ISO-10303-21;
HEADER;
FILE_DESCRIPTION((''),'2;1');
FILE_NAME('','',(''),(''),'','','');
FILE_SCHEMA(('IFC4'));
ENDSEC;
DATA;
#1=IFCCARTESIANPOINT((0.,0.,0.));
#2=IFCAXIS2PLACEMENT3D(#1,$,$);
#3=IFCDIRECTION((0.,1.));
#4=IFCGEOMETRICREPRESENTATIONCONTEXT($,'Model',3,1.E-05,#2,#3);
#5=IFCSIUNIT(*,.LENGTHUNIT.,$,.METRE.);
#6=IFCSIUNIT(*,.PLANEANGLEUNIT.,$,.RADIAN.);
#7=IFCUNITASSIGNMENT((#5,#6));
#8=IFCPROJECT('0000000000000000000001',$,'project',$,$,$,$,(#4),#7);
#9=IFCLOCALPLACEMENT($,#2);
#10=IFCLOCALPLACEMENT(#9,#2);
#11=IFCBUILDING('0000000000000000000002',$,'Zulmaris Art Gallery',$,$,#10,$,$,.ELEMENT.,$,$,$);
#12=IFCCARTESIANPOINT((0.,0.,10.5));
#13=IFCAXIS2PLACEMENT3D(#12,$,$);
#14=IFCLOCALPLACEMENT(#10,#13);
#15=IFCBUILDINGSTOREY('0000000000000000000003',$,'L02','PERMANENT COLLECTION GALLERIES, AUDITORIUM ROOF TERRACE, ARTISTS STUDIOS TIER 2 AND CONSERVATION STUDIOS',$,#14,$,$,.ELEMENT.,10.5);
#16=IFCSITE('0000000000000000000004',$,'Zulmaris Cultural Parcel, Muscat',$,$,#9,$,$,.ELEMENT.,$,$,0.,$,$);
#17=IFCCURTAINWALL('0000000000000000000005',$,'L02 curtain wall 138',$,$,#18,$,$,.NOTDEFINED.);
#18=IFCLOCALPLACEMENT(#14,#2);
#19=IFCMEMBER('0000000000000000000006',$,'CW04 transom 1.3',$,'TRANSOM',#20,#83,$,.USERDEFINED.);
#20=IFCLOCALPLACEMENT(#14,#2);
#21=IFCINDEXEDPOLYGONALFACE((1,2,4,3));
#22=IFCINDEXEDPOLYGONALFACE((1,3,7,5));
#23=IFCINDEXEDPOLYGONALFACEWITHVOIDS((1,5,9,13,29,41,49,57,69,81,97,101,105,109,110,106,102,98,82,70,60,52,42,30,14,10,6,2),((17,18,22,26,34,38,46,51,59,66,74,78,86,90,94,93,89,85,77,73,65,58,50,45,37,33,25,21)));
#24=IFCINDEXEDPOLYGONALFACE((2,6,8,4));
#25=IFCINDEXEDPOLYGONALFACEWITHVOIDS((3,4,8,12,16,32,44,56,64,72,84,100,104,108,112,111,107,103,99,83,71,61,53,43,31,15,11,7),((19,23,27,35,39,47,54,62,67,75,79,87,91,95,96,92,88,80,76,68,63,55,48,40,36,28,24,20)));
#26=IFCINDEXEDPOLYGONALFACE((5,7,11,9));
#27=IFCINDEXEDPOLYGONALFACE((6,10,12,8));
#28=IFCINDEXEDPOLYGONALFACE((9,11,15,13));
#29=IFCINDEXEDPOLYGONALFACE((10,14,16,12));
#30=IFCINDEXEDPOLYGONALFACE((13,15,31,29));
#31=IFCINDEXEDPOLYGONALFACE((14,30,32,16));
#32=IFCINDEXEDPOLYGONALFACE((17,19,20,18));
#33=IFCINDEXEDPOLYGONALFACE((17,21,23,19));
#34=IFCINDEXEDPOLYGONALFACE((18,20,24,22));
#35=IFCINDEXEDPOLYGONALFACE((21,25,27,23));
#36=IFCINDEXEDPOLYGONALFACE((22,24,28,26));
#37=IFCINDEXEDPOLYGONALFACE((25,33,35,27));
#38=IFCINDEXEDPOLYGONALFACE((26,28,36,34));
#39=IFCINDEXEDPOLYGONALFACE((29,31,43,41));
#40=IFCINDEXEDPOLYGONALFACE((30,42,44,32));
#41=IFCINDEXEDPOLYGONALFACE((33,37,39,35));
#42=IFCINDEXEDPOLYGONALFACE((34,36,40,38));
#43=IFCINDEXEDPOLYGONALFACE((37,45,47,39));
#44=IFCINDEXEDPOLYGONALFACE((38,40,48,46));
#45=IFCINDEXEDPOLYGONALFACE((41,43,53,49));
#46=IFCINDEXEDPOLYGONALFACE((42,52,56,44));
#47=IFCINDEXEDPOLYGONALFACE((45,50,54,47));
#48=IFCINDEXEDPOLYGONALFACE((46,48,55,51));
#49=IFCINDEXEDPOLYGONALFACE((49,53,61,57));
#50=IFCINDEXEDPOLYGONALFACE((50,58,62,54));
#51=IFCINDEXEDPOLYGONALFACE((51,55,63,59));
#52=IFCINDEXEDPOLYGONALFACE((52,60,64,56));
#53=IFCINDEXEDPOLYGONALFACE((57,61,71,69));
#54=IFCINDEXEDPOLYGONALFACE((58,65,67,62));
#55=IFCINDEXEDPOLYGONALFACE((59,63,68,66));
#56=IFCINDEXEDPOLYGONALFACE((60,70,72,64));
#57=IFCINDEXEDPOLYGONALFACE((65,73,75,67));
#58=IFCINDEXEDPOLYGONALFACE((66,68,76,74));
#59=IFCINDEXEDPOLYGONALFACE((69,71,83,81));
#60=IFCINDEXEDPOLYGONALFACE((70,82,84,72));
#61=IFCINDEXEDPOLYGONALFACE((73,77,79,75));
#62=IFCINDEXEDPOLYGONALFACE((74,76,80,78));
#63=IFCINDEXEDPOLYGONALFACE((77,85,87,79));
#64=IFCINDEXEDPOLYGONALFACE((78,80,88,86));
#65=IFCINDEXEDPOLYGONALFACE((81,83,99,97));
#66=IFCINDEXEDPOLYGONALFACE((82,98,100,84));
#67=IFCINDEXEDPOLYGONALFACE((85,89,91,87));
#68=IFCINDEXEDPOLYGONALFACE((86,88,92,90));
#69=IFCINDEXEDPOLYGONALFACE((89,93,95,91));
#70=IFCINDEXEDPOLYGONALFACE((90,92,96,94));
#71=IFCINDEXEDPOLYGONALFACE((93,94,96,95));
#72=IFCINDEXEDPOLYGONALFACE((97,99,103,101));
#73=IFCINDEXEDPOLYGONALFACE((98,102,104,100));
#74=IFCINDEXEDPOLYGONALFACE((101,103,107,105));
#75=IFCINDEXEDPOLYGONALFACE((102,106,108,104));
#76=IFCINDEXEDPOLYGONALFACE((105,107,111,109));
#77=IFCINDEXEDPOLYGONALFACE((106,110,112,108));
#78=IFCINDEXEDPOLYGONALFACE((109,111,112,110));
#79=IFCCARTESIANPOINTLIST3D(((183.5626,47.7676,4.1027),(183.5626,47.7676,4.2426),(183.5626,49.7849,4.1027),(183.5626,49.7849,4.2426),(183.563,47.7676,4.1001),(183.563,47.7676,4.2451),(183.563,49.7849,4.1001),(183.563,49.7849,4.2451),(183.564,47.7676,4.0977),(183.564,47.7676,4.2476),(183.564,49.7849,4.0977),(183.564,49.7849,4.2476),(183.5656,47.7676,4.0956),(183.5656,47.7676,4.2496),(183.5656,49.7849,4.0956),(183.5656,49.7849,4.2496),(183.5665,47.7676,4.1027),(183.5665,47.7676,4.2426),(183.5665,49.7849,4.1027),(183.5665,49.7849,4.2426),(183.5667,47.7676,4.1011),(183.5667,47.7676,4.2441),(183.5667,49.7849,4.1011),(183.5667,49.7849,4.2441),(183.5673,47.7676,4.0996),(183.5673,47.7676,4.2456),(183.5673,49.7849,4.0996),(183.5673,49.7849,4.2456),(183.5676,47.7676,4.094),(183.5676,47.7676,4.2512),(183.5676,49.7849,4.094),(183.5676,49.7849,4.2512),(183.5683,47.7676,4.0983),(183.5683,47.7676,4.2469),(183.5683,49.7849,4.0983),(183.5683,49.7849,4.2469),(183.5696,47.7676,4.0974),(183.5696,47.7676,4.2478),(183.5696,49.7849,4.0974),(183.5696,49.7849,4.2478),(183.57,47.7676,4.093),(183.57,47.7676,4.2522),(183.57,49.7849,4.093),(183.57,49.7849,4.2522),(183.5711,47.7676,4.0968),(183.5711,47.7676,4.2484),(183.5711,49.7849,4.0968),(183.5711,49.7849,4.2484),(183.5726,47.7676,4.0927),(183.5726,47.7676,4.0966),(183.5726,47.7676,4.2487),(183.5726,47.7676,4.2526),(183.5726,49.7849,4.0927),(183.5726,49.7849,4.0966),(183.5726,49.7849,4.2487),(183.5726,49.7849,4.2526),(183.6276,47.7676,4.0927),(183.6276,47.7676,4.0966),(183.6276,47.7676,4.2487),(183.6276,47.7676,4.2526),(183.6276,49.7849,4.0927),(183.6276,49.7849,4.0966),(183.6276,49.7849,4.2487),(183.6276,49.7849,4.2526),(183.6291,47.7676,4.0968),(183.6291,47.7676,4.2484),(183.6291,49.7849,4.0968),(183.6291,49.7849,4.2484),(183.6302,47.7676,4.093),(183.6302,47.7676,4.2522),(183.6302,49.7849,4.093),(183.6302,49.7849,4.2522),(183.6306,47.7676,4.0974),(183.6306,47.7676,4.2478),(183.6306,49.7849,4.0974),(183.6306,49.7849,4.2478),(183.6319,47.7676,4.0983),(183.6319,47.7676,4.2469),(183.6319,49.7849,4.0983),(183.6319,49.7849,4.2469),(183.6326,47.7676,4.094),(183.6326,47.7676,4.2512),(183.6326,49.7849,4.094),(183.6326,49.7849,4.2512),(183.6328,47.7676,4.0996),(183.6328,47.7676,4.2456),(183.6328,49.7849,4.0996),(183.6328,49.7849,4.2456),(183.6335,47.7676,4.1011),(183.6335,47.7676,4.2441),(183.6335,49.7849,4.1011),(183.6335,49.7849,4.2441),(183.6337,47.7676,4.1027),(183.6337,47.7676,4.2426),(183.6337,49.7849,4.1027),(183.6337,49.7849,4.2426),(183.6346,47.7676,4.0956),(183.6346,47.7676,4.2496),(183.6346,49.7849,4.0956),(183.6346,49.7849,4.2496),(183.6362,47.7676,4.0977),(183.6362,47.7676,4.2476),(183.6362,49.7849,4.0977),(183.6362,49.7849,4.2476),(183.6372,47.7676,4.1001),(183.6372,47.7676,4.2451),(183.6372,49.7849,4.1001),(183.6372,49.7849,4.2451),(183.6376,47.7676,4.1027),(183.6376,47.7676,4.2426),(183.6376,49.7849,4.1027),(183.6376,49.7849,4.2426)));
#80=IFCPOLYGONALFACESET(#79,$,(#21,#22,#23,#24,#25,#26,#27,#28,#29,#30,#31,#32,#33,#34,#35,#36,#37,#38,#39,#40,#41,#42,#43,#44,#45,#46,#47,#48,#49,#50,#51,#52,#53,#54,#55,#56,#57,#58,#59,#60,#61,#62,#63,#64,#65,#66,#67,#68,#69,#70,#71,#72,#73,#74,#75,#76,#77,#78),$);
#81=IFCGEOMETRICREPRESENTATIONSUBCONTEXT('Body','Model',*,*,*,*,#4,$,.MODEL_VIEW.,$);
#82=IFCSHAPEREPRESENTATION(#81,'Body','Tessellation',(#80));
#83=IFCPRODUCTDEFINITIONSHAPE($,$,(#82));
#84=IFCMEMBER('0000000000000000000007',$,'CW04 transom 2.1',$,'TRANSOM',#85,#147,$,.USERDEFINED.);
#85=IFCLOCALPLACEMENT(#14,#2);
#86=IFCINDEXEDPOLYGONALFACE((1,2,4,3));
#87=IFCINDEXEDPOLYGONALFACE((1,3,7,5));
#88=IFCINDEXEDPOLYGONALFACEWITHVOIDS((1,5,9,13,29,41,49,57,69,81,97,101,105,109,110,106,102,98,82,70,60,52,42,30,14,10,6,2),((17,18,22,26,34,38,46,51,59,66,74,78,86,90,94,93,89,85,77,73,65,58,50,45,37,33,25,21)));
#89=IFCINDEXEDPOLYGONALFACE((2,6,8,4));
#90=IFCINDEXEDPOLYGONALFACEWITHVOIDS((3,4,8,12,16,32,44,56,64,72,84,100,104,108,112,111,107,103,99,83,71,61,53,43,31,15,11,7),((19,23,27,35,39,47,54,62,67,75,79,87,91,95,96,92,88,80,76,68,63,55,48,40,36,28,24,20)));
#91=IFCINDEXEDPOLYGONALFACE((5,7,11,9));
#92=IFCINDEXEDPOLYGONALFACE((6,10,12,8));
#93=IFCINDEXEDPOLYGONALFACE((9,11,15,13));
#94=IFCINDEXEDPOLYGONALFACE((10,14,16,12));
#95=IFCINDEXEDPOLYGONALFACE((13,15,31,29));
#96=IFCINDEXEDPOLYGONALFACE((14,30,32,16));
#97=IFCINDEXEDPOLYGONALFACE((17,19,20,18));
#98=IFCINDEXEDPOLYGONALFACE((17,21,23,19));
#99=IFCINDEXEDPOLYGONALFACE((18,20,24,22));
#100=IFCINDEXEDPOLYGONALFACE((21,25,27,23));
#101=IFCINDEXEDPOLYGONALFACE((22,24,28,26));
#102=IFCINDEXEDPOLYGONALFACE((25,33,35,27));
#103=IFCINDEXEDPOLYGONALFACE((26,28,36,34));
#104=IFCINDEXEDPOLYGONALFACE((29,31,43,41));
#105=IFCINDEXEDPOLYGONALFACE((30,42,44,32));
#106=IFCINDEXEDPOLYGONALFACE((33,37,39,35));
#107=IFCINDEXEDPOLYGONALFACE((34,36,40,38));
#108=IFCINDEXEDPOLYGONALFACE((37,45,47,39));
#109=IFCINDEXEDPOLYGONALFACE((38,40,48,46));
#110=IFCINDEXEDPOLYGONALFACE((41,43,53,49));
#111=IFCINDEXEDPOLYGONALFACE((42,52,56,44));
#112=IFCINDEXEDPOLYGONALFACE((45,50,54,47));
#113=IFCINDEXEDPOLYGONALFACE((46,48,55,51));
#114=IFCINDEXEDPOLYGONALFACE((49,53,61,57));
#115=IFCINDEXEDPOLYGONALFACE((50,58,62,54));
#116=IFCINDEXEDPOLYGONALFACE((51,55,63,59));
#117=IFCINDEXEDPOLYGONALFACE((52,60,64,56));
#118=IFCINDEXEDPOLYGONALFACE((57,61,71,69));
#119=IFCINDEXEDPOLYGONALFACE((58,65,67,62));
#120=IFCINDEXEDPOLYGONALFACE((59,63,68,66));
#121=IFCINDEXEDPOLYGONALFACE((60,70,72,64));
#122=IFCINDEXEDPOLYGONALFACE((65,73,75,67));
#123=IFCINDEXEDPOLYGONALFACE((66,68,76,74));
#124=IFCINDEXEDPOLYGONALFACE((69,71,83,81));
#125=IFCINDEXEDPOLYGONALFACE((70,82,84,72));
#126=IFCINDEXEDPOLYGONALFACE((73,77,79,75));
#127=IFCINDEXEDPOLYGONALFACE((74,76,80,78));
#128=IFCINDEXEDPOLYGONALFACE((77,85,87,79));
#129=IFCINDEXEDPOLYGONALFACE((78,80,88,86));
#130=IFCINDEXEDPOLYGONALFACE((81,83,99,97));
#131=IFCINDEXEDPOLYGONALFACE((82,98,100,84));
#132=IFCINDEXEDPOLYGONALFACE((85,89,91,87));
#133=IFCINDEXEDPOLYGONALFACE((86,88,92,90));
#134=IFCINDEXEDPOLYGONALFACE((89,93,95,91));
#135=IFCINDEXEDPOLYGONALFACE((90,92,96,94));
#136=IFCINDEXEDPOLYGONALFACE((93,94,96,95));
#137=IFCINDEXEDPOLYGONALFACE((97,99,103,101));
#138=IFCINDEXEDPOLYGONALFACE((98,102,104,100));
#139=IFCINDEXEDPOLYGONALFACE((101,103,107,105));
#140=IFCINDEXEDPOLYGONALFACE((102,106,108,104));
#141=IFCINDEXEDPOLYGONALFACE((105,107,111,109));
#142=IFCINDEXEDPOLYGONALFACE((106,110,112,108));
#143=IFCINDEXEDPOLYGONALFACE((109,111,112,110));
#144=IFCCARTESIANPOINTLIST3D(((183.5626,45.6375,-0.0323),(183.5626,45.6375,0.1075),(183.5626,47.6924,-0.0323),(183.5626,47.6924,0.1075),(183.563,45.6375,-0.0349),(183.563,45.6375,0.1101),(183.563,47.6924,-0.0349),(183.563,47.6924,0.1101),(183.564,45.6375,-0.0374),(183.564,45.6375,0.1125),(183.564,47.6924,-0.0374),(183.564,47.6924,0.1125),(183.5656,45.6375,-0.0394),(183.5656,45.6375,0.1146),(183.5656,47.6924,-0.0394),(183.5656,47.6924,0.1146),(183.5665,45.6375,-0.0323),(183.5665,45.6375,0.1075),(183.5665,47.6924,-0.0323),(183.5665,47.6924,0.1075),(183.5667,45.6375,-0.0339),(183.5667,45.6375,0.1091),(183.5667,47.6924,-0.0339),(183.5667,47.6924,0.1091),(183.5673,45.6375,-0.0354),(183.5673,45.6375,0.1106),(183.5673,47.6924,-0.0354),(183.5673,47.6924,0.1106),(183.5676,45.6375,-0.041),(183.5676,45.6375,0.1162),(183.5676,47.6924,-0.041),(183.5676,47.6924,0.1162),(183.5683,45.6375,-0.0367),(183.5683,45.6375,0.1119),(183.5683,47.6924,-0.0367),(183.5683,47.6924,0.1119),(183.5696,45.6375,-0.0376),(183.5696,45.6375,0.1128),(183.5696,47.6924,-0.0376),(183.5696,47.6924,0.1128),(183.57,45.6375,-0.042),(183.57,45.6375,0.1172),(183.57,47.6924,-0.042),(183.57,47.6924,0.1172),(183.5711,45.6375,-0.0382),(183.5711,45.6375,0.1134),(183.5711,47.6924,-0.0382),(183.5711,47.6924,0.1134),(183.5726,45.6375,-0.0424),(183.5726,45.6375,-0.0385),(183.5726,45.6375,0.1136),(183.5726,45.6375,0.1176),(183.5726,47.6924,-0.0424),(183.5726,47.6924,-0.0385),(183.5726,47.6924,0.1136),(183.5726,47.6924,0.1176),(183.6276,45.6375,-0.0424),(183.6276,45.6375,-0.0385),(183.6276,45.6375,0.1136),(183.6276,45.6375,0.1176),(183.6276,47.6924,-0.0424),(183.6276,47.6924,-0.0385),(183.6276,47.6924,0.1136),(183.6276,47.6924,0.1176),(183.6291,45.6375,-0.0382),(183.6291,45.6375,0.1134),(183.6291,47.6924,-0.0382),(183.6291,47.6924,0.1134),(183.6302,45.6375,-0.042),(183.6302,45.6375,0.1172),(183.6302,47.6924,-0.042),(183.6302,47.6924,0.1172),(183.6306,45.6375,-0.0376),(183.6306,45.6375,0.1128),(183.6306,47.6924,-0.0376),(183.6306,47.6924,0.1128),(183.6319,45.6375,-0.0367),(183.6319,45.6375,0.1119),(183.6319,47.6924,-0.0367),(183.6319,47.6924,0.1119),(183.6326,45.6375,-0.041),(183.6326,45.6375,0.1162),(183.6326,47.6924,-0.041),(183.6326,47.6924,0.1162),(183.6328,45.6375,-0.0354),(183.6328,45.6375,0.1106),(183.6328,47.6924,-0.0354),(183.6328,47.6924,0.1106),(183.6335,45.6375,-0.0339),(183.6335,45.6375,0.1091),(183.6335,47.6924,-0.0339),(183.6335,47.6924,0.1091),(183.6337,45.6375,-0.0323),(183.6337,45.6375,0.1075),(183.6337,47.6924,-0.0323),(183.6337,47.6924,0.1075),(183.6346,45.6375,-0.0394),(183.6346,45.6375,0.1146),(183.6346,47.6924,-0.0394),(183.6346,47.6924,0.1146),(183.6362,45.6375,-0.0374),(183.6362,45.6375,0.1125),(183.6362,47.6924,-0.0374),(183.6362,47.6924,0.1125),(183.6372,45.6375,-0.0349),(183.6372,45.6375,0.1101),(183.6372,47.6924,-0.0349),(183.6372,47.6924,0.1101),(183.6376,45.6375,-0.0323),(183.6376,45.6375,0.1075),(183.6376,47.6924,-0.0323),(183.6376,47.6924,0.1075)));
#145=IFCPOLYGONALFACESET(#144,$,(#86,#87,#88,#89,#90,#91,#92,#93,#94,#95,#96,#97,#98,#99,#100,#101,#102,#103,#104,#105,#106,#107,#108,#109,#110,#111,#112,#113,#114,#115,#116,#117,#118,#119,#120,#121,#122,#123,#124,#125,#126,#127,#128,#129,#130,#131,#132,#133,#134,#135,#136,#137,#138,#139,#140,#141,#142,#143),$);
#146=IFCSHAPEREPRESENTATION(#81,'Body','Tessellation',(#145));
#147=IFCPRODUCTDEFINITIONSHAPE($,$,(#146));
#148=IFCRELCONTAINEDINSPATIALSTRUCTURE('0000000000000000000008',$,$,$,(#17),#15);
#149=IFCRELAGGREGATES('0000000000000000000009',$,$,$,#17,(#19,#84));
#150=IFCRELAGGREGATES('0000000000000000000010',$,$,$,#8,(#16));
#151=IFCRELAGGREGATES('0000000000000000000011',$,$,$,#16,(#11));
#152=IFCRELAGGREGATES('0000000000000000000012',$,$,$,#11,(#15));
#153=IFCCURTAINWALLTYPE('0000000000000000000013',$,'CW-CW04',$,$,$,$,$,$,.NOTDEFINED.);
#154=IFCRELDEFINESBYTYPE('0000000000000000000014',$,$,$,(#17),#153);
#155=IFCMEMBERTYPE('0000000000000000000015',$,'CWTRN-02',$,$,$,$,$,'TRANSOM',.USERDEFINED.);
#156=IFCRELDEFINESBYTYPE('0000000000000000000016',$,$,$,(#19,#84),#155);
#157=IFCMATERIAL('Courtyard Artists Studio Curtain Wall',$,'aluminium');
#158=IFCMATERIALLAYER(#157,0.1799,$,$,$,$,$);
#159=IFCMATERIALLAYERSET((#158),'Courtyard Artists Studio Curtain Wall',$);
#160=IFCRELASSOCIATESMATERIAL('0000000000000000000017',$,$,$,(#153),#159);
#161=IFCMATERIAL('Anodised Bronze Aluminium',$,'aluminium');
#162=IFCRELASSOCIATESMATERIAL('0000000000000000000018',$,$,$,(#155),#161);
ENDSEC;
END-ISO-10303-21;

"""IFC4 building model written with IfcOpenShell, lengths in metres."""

from ifc_helpers import new_model, si_unit, direction, frame, origin, origin_2d, place, context, subcontext, project, spatial, hollow_rectangle, extrude, material, layer, layer_set, material_profile, profile_set, type_object, element, aggregate, save


model = new_model("IFC4")

# Units and contexts
model_context = context("Model", 3, precision=1e-05, world=origin(), true_north=direction((0.0, 1.0)))
body_context = subcontext(model_context, "Body", "Model", "MODEL_VIEW")
ifc_project = project(units=[si_unit("LENGTHUNIT", "METRE"), si_unit("PLANEANGLEUNIT", "RADIAN")], contexts=[model_context])

# Site, building, storey
site_placement = place(None, origin())
site = spatial("IfcSite", under=ifc_project, at=site_placement, Name="Zulmaris Cultural Parcel, Muscat", CompositionType="ELEMENT", RefElevation=0.0)
building_placement = place(site_placement, origin())
building = spatial("IfcBuilding", under=site, at=building_placement, Name="Zulmaris Art Gallery", CompositionType="ELEMENT")
storey_placement = place(building_placement, frame((0.0, 0.0, 10.5)))
storey = spatial("IfcBuildingStorey", under=building, at=storey_placement, Name="L02", Description="PERMANENT COLLECTION GALLERIES, AUDITORIUM ROOF TERRACE, ARTISTS STUDIOS TIER 2 AND CONSERVATION STUDIOS", CompositionType="ELEMENT", Elevation=10.5)

# Curtain wall
ifc_material_1 = material(Name="Courtyard Artists Studio Curtain Wall", Category="aluminium")
ifc_layer_1 = layer(ifc_material_1, 0.1799)
ifc_layer_set_1 = layer_set([ifc_layer_1], Name="Courtyard Artists Studio Curtain Wall")
curtain_wall_type = type_object("IfcCurtainWallType", Name="CW-CW04", PredefinedType="NOTDEFINED", material=ifc_layer_set_1)
curtain_wall_1_placement = place(storey_placement, origin())
curtain_wall_1 = element("IfcCurtainWall", 1, at=curtain_wall_1_placement, inside=storey, type_object=curtain_wall_type, Name="L02 curtain wall 138", PredefinedType="NOTDEFINED")
ifc_material_2 = material(Name="Anodised Bronze Aluminium", Category="aluminium")

# Members
ifc_material_profile_1 = material_profile(ifc_material_2, hollow_rectangle(XDim=0.075, YDim=0.1599, WallThickness=0.0039, InnerFilletRadius=0.0061, OuterFilletRadius=0.01, at=origin_2d()), Name="ALU 75x160x4")
ifc_profile_set_1 = profile_set([ifc_material_profile_1], Name="Anodised Bronze Aluminium")
member_type_1 = type_object("IfcMemberType", Name="CWTRN-02", ElementType="TRANSOM", PredefinedType="USERDEFINED", material=ifc_profile_set_1)
member_1_placement = place(storey_placement, frame((183.6001, 49.7849, 4.1726), z_axis=(0.0, -1.0, 0.0), x_axis=(1.0, 0.0, 0.0)))
member_1 = element("IfcMember", 2, at=member_1_placement, type_object=member_type_1, Name="CW04 transom 1.3", ObjectType="TRANSOM", PredefinedType="USERDEFINED", context=body_context, shape_type="SweptSolid", body=[
    extrude(hollow_rectangle(XDim=0.075, YDim=0.1599, WallThickness=0.0039, InnerFilletRadius=0.0061, OuterFilletRadius=0.01, at=origin_2d()), origin(), (0.0, 0.0, 1.0), 2.0173),
])
member_2_placement = place(storey_placement, frame((183.6001, 47.6924, 0.0376), z_axis=(0.0, -1.0, 0.0), x_axis=(1.0, 0.0, 0.0)))
member_2 = element("IfcMember", 3, at=member_2_placement, type_object=member_type_1, Name="CW04 transom 2.1", ObjectType="TRANSOM", PredefinedType="USERDEFINED", context=body_context, shape_type="SweptSolid", body=[
    extrude(hollow_rectangle(XDim=0.075, YDim=0.1599, WallThickness=0.0039, InnerFilletRadius=0.0061, OuterFilletRadius=0.01, at=origin_2d()), origin(), (0.0, 0.0, 1.0), 2.0549),
])

aggregate(curtain_wall_1, [member_1, member_2])

save(model, "model.ifc")
